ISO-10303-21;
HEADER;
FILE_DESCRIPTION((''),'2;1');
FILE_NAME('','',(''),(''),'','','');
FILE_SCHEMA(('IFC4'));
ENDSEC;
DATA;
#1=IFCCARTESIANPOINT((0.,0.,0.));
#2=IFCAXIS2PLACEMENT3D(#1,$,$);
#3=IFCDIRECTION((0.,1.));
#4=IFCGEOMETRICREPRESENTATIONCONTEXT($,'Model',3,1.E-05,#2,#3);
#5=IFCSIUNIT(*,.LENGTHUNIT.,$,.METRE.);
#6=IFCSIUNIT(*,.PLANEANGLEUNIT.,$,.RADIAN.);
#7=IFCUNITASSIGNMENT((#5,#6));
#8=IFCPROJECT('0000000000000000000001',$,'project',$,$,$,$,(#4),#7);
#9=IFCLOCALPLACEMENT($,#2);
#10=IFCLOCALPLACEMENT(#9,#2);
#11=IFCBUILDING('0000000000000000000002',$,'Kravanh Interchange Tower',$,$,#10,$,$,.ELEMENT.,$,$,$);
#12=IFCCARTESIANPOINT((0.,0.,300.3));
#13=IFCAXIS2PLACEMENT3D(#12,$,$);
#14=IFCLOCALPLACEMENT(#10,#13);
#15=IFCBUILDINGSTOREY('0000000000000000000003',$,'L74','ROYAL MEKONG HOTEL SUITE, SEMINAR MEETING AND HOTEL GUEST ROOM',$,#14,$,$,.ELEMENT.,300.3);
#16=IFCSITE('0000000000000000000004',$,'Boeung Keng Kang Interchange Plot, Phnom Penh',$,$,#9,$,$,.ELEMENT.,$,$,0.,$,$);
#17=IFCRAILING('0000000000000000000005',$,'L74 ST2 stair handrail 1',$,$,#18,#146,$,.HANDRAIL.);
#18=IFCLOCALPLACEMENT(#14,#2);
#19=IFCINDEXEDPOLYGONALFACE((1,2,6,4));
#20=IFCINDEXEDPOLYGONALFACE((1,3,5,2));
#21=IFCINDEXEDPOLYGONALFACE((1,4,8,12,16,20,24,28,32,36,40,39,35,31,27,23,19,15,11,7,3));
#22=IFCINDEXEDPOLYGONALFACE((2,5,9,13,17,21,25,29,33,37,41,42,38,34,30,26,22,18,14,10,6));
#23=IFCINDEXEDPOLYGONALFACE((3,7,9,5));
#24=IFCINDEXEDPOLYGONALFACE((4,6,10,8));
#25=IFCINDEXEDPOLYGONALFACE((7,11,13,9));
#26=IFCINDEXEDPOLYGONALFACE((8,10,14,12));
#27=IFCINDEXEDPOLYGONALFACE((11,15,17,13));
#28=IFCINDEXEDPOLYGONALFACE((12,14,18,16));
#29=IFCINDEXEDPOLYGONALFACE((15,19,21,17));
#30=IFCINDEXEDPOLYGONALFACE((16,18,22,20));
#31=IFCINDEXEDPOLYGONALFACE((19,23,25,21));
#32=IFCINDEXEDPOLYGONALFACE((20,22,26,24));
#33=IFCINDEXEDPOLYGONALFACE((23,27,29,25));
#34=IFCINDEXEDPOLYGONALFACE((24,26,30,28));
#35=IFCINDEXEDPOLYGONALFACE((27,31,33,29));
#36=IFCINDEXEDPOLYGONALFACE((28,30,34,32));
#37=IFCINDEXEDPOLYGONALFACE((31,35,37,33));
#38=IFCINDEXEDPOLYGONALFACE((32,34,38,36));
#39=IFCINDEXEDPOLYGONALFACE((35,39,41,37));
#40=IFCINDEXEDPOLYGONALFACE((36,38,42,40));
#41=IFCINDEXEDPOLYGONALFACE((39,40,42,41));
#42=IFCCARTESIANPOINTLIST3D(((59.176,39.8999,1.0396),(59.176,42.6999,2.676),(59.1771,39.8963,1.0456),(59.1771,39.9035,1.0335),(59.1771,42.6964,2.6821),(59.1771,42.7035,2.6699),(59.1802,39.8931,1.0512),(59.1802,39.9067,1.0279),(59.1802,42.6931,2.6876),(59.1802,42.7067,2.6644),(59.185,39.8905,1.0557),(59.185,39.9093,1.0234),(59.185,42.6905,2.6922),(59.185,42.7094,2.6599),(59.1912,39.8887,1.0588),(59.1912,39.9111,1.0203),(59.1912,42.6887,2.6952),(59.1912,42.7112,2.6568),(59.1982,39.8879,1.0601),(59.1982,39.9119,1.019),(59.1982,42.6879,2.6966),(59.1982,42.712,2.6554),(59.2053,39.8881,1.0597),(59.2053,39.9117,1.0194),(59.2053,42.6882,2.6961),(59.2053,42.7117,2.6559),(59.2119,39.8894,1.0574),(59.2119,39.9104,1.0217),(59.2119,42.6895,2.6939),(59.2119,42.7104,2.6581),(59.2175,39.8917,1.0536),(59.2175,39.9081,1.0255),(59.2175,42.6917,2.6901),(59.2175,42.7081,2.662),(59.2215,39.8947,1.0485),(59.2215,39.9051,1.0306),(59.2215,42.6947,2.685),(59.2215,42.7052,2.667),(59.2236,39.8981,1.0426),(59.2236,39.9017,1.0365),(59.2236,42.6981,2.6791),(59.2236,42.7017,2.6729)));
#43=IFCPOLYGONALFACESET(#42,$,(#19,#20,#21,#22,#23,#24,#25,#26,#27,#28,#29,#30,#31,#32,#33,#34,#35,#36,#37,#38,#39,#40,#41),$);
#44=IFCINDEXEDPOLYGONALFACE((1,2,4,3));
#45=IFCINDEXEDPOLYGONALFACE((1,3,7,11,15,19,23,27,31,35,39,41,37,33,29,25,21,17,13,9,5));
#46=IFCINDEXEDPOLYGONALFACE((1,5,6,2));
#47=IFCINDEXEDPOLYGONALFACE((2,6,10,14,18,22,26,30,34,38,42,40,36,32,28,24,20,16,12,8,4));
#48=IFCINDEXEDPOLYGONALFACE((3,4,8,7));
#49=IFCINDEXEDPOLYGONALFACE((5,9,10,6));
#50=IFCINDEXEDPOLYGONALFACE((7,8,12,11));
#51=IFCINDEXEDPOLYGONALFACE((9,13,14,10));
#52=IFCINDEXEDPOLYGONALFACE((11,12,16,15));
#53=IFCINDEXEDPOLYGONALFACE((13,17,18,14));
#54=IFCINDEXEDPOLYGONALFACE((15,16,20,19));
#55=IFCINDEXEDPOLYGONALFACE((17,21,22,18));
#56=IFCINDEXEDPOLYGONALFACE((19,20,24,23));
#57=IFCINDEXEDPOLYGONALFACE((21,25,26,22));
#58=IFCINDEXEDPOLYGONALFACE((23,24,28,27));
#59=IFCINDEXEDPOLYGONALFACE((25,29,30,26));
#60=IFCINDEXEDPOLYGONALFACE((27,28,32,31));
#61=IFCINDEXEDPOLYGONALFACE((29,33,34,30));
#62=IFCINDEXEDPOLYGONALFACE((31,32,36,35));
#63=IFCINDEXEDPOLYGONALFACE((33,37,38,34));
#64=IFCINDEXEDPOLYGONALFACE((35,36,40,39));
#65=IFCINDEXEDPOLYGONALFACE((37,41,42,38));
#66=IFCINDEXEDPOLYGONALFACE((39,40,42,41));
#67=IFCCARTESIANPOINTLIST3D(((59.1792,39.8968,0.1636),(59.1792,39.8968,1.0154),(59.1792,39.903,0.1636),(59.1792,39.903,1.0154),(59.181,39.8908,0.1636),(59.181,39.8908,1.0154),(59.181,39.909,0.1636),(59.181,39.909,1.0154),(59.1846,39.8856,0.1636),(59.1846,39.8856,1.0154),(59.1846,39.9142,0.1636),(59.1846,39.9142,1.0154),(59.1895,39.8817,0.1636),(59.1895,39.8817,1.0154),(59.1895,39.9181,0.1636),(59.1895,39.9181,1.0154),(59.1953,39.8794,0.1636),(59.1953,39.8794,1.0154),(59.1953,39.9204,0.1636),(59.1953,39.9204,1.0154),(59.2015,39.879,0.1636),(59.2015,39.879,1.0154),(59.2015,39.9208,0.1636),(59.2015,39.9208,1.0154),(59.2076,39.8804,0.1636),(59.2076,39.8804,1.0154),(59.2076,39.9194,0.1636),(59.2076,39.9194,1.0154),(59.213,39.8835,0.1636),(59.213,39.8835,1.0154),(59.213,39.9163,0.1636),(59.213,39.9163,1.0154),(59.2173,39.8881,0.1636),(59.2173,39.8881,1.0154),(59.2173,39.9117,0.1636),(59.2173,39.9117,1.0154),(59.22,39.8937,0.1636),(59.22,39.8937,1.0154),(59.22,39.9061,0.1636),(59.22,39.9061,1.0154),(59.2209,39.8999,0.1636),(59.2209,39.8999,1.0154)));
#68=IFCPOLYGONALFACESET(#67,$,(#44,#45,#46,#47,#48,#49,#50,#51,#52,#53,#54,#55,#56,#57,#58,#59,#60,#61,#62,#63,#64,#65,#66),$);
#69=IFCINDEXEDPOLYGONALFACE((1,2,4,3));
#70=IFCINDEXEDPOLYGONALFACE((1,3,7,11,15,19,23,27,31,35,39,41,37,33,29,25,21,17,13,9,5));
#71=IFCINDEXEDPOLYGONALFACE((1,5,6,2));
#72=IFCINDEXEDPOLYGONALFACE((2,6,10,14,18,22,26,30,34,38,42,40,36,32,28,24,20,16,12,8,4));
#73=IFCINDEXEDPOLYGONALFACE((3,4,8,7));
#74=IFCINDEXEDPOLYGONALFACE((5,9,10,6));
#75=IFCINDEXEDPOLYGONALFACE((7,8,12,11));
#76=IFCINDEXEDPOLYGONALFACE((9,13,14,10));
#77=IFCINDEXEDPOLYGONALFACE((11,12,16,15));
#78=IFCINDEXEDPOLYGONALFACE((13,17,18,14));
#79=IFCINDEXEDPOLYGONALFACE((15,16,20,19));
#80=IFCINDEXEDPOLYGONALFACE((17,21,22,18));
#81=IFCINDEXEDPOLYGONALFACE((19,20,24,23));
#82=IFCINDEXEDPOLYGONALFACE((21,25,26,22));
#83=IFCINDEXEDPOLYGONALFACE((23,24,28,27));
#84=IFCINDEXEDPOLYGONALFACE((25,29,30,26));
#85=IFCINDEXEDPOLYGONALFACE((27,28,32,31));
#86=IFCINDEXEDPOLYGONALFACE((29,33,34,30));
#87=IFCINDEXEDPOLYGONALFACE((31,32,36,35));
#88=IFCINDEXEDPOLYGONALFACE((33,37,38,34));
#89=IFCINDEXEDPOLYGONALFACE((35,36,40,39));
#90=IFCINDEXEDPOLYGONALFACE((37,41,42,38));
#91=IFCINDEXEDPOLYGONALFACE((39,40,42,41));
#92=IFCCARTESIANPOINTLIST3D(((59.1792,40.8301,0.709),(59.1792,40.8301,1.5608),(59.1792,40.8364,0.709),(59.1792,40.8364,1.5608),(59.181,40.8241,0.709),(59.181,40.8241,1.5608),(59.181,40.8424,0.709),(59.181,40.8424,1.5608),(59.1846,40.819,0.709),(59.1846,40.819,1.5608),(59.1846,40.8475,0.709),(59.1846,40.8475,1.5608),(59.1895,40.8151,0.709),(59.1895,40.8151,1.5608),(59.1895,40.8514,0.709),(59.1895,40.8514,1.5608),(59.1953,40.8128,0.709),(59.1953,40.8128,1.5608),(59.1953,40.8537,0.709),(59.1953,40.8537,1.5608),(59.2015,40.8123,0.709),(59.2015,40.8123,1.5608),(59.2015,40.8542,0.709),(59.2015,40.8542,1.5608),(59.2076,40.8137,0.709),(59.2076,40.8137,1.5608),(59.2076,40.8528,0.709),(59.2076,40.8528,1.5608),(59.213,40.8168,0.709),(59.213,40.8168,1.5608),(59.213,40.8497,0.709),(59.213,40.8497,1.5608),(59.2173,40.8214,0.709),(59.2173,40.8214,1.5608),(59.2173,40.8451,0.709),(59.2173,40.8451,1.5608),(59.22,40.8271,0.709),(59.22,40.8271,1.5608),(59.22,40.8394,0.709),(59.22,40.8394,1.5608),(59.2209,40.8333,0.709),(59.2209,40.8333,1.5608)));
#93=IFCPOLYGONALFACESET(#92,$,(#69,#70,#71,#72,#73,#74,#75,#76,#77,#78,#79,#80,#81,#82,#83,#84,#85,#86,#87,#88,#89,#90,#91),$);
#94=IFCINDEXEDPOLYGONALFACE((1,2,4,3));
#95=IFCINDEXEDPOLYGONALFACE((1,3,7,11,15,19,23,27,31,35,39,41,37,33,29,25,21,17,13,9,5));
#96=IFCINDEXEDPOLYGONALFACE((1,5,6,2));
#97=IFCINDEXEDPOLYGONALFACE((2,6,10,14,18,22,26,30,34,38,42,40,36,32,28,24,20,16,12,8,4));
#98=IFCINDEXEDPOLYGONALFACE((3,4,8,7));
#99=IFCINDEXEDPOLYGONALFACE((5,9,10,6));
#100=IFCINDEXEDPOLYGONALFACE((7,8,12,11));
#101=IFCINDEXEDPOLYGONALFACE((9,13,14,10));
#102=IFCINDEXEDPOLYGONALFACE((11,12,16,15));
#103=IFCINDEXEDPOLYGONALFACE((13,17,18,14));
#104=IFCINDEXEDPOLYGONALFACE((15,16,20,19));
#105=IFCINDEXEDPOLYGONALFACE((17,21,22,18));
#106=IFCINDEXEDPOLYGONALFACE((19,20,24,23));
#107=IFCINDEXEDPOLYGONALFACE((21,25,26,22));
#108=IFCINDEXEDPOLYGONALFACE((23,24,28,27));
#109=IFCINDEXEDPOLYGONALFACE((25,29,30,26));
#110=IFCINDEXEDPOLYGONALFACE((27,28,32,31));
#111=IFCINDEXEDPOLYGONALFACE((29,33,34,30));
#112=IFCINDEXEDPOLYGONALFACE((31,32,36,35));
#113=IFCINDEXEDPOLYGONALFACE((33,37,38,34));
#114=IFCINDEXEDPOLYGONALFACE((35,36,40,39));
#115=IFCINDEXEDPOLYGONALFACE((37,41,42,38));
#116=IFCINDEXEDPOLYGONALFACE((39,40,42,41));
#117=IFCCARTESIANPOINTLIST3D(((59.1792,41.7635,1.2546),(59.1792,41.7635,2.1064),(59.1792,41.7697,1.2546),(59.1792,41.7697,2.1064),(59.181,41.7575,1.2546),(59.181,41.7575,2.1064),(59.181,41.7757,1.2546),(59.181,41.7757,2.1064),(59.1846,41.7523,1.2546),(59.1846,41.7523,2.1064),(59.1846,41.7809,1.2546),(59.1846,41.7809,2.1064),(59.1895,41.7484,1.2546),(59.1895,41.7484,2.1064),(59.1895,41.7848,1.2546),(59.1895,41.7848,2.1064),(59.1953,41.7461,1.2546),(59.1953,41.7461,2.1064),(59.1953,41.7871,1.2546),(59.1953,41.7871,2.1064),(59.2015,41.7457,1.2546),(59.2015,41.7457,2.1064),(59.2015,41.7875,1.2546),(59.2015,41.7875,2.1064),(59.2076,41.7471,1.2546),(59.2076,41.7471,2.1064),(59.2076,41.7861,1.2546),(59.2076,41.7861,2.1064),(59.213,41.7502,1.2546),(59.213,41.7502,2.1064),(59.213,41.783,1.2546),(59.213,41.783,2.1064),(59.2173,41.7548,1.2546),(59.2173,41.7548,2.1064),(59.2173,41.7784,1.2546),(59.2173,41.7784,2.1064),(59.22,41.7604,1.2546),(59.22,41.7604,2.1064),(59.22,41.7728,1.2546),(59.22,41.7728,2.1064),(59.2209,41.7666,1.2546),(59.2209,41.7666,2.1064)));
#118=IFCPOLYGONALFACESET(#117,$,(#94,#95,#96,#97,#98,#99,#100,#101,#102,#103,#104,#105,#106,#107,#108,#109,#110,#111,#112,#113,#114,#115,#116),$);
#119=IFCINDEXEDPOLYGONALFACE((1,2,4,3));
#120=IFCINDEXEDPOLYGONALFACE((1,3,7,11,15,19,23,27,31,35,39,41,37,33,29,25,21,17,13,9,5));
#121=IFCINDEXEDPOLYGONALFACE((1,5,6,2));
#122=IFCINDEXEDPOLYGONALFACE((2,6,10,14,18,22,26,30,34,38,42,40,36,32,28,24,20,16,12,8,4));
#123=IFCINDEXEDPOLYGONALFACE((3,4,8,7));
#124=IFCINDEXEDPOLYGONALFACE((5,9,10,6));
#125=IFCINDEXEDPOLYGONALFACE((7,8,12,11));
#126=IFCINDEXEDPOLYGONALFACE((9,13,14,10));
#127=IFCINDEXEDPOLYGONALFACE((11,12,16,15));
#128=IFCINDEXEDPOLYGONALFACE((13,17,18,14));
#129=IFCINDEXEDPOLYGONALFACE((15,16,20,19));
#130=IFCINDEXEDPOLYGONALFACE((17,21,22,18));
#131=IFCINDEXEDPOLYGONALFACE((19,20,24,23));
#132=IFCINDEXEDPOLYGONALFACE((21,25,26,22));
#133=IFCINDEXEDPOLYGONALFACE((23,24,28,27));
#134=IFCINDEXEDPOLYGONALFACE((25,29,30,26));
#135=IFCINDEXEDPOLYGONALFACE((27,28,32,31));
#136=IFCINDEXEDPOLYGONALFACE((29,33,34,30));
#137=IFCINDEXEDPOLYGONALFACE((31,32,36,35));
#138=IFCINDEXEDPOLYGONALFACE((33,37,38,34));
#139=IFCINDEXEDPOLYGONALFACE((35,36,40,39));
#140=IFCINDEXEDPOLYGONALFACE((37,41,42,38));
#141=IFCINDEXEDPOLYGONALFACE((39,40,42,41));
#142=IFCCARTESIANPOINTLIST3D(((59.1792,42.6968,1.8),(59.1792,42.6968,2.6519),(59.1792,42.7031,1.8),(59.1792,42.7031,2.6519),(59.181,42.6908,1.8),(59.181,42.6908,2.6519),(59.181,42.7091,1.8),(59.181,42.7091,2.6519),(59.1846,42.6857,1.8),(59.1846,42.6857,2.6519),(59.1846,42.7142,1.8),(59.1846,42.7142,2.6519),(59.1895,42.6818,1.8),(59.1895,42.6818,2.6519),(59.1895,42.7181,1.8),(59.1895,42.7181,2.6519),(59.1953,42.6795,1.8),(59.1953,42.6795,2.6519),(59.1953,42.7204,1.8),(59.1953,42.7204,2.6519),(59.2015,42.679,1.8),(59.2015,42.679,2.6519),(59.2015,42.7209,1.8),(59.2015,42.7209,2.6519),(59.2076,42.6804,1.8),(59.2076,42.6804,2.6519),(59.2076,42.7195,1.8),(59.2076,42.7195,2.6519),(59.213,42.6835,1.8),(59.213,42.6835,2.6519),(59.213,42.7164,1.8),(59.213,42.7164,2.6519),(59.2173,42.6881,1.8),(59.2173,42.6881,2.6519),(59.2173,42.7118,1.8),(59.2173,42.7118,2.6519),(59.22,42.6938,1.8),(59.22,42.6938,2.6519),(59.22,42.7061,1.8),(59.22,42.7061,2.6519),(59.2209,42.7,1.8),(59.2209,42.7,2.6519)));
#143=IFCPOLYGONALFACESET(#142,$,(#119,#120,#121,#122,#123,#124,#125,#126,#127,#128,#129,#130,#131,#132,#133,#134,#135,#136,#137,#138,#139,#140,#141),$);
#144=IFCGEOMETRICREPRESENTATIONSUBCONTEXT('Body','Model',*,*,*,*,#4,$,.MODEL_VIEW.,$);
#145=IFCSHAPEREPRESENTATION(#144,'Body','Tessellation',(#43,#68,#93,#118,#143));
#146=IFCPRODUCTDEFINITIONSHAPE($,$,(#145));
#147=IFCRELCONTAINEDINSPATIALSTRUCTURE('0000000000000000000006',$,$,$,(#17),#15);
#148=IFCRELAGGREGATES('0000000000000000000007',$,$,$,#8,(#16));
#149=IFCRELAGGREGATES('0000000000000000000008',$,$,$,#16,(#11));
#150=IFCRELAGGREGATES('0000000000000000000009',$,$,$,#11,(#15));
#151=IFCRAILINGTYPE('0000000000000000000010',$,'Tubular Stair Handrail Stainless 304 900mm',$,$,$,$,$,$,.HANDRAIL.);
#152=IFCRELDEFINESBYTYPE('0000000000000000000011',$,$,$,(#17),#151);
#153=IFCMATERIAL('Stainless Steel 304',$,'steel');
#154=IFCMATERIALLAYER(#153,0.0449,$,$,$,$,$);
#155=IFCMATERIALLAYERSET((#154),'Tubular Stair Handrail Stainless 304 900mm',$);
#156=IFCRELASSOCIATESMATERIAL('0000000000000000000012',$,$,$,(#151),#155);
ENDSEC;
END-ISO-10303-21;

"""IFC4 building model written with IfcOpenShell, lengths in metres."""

from ifc_helpers import new_model, si_unit, direction, frame, origin, origin_2d, place, context, subcontext, project, spatial, circle, extrude, material, layer, layer_set, type_object, element, save


model = new_model("IFC4")

# Units and contexts
model_context = context("Model", 3, precision=1e-05, world=origin(), true_north=direction((0.0, 1.0)))
body_context = subcontext(model_context, "Body", "Model", "MODEL_VIEW")
ifc_project = project(units=[si_unit("LENGTHUNIT", "METRE"), si_unit("PLANEANGLEUNIT", "RADIAN")], contexts=[model_context])

# Site, building, storey
site_placement = place(None, origin())
site = spatial("IfcSite", under=ifc_project, at=site_placement, Name="Boeung Keng Kang Interchange Plot, Phnom Penh", CompositionType="ELEMENT", RefElevation=0.0)
building_placement = place(site_placement, origin())
building = spatial("IfcBuilding", under=site, at=building_placement, Name="Kravanh Interchange Tower", CompositionType="ELEMENT")
storey_placement = place(building_placement, frame((0.0, 0.0, 300.3)))
storey = spatial("IfcBuildingStorey", under=building, at=storey_placement, Name="L74", Description="ROYAL MEKONG HOTEL SUITE, SEMINAR MEETING AND HOTEL GUEST ROOM", CompositionType="ELEMENT", Elevation=300.3)

# Railing
ifc_material_1 = material(Name="Stainless Steel 304", Category="steel")
ifc_layer_1 = layer(ifc_material_1, 0.0449)
ifc_layer_set_1 = layer_set([ifc_layer_1], Name="Tubular Stair Handrail Stainless 304 900mm")
railing_type_1 = type_object("IfcRailingType", Name="Tubular Stair Handrail Stainless 304 900mm", PredefinedType="HANDRAIL", material=ifc_layer_set_1)
railing_1_placement = place(storey_placement, frame((59.2, 39.8999, 0.1636)))
element("IfcRailing", 1, at=railing_1_placement, inside=storey, type_object=railing_type_1, Name="L74 ST2 stair handrail 1", PredefinedType="HANDRAIL", context=body_context, shape_type="SweptSolid", body=[
    extrude(circle(Radius=0.0239, at=origin_2d()), frame((0.0, 0.0, 0.876), z_axis=(0.0, 0.863361, 0.504587), x_axis=(-1.0, 0.0, 0.0)), (0.0, 0.0, 1.0), 3.2432),
    extrude(circle(Radius=0.021, at=origin_2d()), origin(), (0.0, 0.0, 1.0), 0.8518),
    extrude(circle(Radius=0.021, at=origin_2d()), frame((0.0, 0.9333, 0.5454)), (0.0, 0.0, 1.0), 0.8518),
    extrude(circle(Radius=0.021, at=origin_2d()), frame((0.0, 1.8667, 1.0911)), (0.0, 0.0, 1.0), 0.8518),
    extrude(circle(Radius=0.021, at=origin_2d()), frame((0.0, 2.8, 1.6365)), (0.0, 0.0, 1.0), 0.8518),
])

save(model, "model.ifc")
